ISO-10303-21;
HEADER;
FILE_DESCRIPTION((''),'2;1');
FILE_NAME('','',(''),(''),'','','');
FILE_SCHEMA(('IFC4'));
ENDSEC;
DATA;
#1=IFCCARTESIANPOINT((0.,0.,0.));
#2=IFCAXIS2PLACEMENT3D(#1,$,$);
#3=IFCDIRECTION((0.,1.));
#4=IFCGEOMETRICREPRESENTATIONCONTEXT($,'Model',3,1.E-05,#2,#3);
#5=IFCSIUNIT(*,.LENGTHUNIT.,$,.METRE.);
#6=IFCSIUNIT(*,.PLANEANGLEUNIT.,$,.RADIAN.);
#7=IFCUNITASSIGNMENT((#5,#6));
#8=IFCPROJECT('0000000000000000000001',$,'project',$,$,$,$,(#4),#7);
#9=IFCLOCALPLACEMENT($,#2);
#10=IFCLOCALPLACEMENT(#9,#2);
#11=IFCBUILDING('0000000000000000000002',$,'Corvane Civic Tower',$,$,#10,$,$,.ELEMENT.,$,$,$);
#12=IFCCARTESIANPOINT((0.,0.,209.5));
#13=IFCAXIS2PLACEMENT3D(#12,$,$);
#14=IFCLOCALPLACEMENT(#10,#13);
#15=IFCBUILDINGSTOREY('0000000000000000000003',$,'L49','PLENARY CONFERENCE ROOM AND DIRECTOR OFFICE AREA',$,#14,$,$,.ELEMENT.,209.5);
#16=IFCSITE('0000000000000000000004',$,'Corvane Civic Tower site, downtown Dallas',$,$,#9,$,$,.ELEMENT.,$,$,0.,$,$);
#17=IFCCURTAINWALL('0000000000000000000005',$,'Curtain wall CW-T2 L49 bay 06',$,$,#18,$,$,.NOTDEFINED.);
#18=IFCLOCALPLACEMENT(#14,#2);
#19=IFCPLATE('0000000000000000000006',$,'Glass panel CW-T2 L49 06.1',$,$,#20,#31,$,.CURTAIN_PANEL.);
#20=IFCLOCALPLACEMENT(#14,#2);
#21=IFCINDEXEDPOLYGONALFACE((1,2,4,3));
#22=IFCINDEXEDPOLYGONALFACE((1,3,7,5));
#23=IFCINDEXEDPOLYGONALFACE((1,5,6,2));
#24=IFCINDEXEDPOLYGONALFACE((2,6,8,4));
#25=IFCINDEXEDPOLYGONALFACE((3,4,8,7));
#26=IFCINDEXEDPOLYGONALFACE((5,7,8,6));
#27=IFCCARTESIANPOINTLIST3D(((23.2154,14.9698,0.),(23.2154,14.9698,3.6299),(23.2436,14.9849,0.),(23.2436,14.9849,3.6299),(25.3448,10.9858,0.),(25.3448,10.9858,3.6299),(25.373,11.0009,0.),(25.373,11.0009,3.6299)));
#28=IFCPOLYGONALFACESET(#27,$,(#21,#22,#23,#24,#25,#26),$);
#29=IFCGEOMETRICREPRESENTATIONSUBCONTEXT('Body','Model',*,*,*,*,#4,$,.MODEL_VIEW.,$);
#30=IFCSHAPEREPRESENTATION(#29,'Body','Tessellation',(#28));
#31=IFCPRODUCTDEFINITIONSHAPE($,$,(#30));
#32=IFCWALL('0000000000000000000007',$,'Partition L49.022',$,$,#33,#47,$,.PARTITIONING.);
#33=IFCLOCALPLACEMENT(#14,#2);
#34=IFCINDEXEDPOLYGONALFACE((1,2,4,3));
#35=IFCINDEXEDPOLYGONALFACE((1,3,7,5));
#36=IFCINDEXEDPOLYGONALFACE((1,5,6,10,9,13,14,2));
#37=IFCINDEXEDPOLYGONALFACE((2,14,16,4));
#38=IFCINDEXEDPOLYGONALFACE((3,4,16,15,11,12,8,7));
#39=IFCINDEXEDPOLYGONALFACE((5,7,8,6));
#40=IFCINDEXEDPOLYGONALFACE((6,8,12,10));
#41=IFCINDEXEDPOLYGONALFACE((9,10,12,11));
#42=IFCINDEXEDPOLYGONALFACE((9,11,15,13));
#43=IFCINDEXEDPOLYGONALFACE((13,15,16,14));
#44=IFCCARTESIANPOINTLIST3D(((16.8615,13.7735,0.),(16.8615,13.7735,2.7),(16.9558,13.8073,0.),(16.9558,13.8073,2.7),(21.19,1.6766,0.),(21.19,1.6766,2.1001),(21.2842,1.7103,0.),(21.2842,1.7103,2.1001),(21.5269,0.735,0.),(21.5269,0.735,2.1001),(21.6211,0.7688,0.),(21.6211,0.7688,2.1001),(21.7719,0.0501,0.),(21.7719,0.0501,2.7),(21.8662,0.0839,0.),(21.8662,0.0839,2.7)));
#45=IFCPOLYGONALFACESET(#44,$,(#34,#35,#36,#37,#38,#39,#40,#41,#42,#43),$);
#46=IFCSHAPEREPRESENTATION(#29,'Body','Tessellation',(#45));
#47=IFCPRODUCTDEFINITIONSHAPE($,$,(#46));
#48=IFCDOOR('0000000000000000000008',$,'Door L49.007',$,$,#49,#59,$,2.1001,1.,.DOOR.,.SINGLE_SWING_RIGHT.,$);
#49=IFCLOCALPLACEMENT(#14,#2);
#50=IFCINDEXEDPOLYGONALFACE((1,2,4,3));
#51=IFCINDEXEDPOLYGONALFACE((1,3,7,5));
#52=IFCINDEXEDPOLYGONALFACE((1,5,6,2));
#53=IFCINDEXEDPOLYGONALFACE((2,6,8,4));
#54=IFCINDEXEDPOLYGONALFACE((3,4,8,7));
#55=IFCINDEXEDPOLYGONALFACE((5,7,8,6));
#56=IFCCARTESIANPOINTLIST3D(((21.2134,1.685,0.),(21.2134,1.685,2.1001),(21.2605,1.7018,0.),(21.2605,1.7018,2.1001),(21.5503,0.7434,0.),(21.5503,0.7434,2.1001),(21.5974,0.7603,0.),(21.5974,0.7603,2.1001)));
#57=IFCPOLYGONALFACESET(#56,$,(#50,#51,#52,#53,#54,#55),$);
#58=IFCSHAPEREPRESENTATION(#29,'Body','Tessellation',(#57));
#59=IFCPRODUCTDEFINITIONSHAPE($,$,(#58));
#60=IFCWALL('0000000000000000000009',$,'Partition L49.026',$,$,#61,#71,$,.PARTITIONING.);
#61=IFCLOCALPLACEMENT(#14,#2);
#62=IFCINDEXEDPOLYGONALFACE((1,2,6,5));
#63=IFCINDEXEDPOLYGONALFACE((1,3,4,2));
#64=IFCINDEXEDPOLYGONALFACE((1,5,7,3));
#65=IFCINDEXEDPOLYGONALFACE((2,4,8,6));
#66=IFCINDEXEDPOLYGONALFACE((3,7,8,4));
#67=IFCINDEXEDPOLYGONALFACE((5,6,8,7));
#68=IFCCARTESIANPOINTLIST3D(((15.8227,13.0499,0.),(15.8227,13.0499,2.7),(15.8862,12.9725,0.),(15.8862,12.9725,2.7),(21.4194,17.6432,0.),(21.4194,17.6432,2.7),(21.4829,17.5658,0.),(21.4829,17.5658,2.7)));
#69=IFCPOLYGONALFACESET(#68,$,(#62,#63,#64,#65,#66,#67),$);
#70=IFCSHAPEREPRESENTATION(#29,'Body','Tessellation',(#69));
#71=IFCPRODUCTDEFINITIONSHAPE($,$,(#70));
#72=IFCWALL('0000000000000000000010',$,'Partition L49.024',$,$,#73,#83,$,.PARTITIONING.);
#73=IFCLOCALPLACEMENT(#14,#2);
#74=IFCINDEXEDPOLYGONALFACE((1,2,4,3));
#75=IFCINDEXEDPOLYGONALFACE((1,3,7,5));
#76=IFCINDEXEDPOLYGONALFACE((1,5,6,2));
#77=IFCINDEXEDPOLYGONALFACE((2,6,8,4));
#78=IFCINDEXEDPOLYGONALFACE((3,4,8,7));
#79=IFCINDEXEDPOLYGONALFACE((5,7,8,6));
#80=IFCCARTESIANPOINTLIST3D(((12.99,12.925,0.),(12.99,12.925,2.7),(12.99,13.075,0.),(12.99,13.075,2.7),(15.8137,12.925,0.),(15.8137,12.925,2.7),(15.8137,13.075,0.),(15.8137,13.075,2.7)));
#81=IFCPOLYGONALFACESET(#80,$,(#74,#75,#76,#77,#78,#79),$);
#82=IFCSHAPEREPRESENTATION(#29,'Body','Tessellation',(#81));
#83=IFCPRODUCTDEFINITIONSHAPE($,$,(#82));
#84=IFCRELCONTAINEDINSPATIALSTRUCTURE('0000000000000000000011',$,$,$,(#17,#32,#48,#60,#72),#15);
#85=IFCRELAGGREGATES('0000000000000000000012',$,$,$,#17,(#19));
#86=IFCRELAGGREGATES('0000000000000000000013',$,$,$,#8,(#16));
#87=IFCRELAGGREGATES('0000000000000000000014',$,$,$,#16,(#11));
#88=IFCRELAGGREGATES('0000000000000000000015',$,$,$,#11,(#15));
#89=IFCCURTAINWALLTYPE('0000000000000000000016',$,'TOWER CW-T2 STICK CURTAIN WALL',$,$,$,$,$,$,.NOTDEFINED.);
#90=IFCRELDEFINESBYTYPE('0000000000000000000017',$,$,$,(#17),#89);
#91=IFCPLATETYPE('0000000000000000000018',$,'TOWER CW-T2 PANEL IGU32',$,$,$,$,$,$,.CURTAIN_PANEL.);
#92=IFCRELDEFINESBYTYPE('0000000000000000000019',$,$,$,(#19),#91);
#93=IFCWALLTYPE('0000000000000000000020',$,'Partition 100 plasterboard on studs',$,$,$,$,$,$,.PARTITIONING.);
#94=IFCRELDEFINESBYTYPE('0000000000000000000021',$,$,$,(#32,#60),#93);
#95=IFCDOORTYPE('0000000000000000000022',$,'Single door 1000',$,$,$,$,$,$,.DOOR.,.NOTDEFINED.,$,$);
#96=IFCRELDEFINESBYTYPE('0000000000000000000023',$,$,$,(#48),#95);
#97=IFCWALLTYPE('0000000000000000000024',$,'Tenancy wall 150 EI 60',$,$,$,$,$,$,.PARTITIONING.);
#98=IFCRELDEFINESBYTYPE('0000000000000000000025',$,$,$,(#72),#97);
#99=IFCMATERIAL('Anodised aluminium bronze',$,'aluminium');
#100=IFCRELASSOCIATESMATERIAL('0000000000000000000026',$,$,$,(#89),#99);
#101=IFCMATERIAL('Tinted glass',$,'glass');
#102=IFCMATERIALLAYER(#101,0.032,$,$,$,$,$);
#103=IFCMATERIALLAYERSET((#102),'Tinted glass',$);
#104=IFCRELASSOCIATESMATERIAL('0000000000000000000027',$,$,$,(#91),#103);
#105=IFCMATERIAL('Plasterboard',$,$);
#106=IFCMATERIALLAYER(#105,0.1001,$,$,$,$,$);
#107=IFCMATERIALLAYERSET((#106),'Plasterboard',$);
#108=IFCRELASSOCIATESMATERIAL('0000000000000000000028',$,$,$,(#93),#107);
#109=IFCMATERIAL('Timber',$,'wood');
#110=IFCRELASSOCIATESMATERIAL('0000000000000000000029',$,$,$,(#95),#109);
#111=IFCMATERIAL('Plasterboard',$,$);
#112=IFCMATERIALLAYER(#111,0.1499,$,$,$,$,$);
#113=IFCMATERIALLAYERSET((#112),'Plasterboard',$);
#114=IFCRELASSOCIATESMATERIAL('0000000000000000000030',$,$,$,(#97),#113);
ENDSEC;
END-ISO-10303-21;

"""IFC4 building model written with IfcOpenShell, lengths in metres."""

from ifc_helpers import new_model, si_unit, direction, frame, frame_2d, origin, origin_2d, place, context, subcontext, project, spatial, rectangle, extrude, material, layer, layer_set, type_object, element, fill, aggregate, save


model = new_model("IFC4")

# Units and contexts
model_context = context("Model", 3, precision=1e-05, world=origin(), true_north=direction((0.0, 1.0)))
body_context = subcontext(model_context, "Body", "Model", "MODEL_VIEW")
ifc_project = project(units=[si_unit("LENGTHUNIT", "METRE"), si_unit("PLANEANGLEUNIT", "RADIAN")], contexts=[model_context])

# Site, building, storey
site_placement = place(None, origin())
site = spatial("IfcSite", under=ifc_project, at=site_placement, Name="Corvane Civic Tower site, downtown Dallas", CompositionType="ELEMENT", RefElevation=0.0)
building_placement = place(site_placement, origin())
building = spatial("IfcBuilding", under=site, at=building_placement, Name="Corvane Civic Tower", CompositionType="ELEMENT")
storey_placement = place(building_placement, frame((0.0, 0.0, 209.5)))
storey = spatial("IfcBuildingStorey", under=building, at=storey_placement, Name="L49", Description="PLENARY CONFERENCE ROOM AND DIRECTOR OFFICE AREA", CompositionType="ELEMENT", Elevation=209.5)

# Curtain wall
ifc_material_1 = material(Name="Anodised aluminium bronze", Category="aluminium")
curtain_wall_type = type_object("IfcCurtainWallType", Name="TOWER CW-T2 STICK CURTAIN WALL", PredefinedType="NOTDEFINED", material=ifc_material_1)
curtain_wall_1_placement = place(storey_placement, origin())
curtain_wall_1 = element("IfcCurtainWall", 1, at=curtain_wall_1_placement, inside=storey, type_object=curtain_wall_type, Name="Curtain wall CW-T2 L49 bay 06", PredefinedType="NOTDEFINED")

# Plate
ifc_material_2 = material(Name="Tinted glass", Category="glass")
ifc_layer_1 = layer(ifc_material_2, 0.032)
ifc_layer_set_1 = layer_set([ifc_layer_1], Name="Tinted glass")
plate_type = type_object("IfcPlateType", Name="TOWER CW-T2 PANEL IGU32", PredefinedType="CURTAIN_PANEL", material=ifc_layer_set_1)
plate_1_placement = place(storey_placement, frame((24.2942, 12.9854, 0.0), z_axis=(0.0, 0.0, 1.0), x_axis=(0.471398, -0.88192, 0.0)))
plate_1 = element("IfcPlate", 2, at=plate_1_placement, type_object=plate_type, Name="Glass panel CW-T2 L49 06.1", PredefinedType="CURTAIN_PANEL", context=body_context, shape_type="SweptSolid", body=[
    extrude(rectangle(XDim=4.5173, YDim=0.032, at=origin_2d()), origin(), (0.0, 0.0, 1.0), 3.6299),
])
aggregate(curtain_wall_1, [plate_1])

# Wall, opening, door
ifc_material_3 = material(Name="Plasterboard")
ifc_layer_2 = layer(ifc_material_3, 0.1001)
ifc_layer_set_2 = layer_set([ifc_layer_2], Name="Plasterboard")
wall_type_1 = type_object("IfcWallType", Name="Partition 100 plasterboard on studs", PredefinedType="PARTITIONING", material=ifc_layer_set_2)
wall_1_placement = place(storey_placement, frame((16.9087, 13.7903, 0.0), z_axis=(0.0, 0.0, 1.0), x_axis=(0.336896, -0.941542, 0.0)))
wall_1 = element("IfcWall", 3, at=wall_1_placement, inside=storey, type_object=wall_type_1, Name="Partition L49.022", PredefinedType="PARTITIONING", context=body_context, shape_type="SweptSolid", body=[
    extrude(rectangle(XDim=14.5754, YDim=0.1001, at=frame_2d((7.2876, 0.0))), origin(), (0.0, 0.0, 1.0), 2.7),
])
opening_placement = place(wall_1_placement, frame((12.8479, 0.0, 0.0)))
opening = element("IfcOpeningElement", 4, at=opening_placement, cuts=wall_1, PredefinedType="OPENING", context=body_context, shape_type="SweptSolid", body=[
    extrude(rectangle(XDim=1.0, YDim=2.1001, at=frame_2d((0.5, 1.05))), frame((0.0, 0.0601, 0.0), z_axis=(0.0, -1.0, 0.0), x_axis=(1.0, 0.0, 0.0)), (0.0, 0.0, 1.0), 0.1201),
])
ifc_material_4 = material(Name="Timber", Category="wood")
door_type = type_object("IfcDoorType", Name="Single door 1000", OperationType="NOTDEFINED", PredefinedType="DOOR", material=ifc_material_4)
door_placement = place(opening_placement, origin())
door = element("IfcDoor", 5, at=door_placement, inside=storey, type_object=door_type, Name="Door L49.007", OperationType="SINGLE_SWING_RIGHT", OverallHeight=2.1001, OverallWidth=1.0, PredefinedType="DOOR", context=body_context, shape_type="SweptSolid", body=[
    extrude(rectangle(XDim=1.0, YDim=2.1001, at=frame_2d((0.5, 1.05))), frame((0.0, 0.0249, 0.0), z_axis=(0.0, -1.0, 0.0), x_axis=(1.0, 0.0, 0.0)), (0.0, 0.0, 1.0), 0.05),
])
fill(opening, door)

# Walls
wall_2_placement = place(storey_placement, frame((15.8545, 13.0112, 0.0), z_axis=(0.0, 0.0, 1.0), x_axis=(0.772998, 0.634409, 0.0)))
element("IfcWall", 6, at=wall_2_placement, inside=storey, type_object=wall_type_1, Name="Partition L49.026", PredefinedType="PARTITIONING", context=body_context, shape_type="SweptSolid", body=[
    extrude(rectangle(XDim=7.2402, YDim=0.1001, at=frame_2d((3.6201, 0.0))), origin(), (0.0, 0.0, 1.0), 2.7),
])
ifc_material_5 = material(Name="Plasterboard")
ifc_layer_3 = layer(ifc_material_5, 0.1499)
ifc_layer_set_3 = layer_set([ifc_layer_3], Name="Plasterboard")
wall_type_2 = type_object("IfcWallType", Name="Tenancy wall 150 EI 60", PredefinedType="PARTITIONING", material=ifc_layer_set_3)
wall_3_placement = place(storey_placement, frame((12.99, 13.0, 0.0), z_axis=(0.0, 0.0, 1.0), x_axis=(1.0, 0.0, 0.0)))
element("IfcWall", 7, at=wall_3_placement, inside=storey, type_object=wall_type_2, Name="Partition L49.024", PredefinedType="PARTITIONING", context=body_context, shape_type="SweptSolid", body=[
    extrude(rectangle(XDim=2.8237, YDim=0.1499, at=frame_2d((1.4119, 0.0))), origin(), (0.0, 0.0, 1.0), 2.7),
])

save(model, "model.ifc")
